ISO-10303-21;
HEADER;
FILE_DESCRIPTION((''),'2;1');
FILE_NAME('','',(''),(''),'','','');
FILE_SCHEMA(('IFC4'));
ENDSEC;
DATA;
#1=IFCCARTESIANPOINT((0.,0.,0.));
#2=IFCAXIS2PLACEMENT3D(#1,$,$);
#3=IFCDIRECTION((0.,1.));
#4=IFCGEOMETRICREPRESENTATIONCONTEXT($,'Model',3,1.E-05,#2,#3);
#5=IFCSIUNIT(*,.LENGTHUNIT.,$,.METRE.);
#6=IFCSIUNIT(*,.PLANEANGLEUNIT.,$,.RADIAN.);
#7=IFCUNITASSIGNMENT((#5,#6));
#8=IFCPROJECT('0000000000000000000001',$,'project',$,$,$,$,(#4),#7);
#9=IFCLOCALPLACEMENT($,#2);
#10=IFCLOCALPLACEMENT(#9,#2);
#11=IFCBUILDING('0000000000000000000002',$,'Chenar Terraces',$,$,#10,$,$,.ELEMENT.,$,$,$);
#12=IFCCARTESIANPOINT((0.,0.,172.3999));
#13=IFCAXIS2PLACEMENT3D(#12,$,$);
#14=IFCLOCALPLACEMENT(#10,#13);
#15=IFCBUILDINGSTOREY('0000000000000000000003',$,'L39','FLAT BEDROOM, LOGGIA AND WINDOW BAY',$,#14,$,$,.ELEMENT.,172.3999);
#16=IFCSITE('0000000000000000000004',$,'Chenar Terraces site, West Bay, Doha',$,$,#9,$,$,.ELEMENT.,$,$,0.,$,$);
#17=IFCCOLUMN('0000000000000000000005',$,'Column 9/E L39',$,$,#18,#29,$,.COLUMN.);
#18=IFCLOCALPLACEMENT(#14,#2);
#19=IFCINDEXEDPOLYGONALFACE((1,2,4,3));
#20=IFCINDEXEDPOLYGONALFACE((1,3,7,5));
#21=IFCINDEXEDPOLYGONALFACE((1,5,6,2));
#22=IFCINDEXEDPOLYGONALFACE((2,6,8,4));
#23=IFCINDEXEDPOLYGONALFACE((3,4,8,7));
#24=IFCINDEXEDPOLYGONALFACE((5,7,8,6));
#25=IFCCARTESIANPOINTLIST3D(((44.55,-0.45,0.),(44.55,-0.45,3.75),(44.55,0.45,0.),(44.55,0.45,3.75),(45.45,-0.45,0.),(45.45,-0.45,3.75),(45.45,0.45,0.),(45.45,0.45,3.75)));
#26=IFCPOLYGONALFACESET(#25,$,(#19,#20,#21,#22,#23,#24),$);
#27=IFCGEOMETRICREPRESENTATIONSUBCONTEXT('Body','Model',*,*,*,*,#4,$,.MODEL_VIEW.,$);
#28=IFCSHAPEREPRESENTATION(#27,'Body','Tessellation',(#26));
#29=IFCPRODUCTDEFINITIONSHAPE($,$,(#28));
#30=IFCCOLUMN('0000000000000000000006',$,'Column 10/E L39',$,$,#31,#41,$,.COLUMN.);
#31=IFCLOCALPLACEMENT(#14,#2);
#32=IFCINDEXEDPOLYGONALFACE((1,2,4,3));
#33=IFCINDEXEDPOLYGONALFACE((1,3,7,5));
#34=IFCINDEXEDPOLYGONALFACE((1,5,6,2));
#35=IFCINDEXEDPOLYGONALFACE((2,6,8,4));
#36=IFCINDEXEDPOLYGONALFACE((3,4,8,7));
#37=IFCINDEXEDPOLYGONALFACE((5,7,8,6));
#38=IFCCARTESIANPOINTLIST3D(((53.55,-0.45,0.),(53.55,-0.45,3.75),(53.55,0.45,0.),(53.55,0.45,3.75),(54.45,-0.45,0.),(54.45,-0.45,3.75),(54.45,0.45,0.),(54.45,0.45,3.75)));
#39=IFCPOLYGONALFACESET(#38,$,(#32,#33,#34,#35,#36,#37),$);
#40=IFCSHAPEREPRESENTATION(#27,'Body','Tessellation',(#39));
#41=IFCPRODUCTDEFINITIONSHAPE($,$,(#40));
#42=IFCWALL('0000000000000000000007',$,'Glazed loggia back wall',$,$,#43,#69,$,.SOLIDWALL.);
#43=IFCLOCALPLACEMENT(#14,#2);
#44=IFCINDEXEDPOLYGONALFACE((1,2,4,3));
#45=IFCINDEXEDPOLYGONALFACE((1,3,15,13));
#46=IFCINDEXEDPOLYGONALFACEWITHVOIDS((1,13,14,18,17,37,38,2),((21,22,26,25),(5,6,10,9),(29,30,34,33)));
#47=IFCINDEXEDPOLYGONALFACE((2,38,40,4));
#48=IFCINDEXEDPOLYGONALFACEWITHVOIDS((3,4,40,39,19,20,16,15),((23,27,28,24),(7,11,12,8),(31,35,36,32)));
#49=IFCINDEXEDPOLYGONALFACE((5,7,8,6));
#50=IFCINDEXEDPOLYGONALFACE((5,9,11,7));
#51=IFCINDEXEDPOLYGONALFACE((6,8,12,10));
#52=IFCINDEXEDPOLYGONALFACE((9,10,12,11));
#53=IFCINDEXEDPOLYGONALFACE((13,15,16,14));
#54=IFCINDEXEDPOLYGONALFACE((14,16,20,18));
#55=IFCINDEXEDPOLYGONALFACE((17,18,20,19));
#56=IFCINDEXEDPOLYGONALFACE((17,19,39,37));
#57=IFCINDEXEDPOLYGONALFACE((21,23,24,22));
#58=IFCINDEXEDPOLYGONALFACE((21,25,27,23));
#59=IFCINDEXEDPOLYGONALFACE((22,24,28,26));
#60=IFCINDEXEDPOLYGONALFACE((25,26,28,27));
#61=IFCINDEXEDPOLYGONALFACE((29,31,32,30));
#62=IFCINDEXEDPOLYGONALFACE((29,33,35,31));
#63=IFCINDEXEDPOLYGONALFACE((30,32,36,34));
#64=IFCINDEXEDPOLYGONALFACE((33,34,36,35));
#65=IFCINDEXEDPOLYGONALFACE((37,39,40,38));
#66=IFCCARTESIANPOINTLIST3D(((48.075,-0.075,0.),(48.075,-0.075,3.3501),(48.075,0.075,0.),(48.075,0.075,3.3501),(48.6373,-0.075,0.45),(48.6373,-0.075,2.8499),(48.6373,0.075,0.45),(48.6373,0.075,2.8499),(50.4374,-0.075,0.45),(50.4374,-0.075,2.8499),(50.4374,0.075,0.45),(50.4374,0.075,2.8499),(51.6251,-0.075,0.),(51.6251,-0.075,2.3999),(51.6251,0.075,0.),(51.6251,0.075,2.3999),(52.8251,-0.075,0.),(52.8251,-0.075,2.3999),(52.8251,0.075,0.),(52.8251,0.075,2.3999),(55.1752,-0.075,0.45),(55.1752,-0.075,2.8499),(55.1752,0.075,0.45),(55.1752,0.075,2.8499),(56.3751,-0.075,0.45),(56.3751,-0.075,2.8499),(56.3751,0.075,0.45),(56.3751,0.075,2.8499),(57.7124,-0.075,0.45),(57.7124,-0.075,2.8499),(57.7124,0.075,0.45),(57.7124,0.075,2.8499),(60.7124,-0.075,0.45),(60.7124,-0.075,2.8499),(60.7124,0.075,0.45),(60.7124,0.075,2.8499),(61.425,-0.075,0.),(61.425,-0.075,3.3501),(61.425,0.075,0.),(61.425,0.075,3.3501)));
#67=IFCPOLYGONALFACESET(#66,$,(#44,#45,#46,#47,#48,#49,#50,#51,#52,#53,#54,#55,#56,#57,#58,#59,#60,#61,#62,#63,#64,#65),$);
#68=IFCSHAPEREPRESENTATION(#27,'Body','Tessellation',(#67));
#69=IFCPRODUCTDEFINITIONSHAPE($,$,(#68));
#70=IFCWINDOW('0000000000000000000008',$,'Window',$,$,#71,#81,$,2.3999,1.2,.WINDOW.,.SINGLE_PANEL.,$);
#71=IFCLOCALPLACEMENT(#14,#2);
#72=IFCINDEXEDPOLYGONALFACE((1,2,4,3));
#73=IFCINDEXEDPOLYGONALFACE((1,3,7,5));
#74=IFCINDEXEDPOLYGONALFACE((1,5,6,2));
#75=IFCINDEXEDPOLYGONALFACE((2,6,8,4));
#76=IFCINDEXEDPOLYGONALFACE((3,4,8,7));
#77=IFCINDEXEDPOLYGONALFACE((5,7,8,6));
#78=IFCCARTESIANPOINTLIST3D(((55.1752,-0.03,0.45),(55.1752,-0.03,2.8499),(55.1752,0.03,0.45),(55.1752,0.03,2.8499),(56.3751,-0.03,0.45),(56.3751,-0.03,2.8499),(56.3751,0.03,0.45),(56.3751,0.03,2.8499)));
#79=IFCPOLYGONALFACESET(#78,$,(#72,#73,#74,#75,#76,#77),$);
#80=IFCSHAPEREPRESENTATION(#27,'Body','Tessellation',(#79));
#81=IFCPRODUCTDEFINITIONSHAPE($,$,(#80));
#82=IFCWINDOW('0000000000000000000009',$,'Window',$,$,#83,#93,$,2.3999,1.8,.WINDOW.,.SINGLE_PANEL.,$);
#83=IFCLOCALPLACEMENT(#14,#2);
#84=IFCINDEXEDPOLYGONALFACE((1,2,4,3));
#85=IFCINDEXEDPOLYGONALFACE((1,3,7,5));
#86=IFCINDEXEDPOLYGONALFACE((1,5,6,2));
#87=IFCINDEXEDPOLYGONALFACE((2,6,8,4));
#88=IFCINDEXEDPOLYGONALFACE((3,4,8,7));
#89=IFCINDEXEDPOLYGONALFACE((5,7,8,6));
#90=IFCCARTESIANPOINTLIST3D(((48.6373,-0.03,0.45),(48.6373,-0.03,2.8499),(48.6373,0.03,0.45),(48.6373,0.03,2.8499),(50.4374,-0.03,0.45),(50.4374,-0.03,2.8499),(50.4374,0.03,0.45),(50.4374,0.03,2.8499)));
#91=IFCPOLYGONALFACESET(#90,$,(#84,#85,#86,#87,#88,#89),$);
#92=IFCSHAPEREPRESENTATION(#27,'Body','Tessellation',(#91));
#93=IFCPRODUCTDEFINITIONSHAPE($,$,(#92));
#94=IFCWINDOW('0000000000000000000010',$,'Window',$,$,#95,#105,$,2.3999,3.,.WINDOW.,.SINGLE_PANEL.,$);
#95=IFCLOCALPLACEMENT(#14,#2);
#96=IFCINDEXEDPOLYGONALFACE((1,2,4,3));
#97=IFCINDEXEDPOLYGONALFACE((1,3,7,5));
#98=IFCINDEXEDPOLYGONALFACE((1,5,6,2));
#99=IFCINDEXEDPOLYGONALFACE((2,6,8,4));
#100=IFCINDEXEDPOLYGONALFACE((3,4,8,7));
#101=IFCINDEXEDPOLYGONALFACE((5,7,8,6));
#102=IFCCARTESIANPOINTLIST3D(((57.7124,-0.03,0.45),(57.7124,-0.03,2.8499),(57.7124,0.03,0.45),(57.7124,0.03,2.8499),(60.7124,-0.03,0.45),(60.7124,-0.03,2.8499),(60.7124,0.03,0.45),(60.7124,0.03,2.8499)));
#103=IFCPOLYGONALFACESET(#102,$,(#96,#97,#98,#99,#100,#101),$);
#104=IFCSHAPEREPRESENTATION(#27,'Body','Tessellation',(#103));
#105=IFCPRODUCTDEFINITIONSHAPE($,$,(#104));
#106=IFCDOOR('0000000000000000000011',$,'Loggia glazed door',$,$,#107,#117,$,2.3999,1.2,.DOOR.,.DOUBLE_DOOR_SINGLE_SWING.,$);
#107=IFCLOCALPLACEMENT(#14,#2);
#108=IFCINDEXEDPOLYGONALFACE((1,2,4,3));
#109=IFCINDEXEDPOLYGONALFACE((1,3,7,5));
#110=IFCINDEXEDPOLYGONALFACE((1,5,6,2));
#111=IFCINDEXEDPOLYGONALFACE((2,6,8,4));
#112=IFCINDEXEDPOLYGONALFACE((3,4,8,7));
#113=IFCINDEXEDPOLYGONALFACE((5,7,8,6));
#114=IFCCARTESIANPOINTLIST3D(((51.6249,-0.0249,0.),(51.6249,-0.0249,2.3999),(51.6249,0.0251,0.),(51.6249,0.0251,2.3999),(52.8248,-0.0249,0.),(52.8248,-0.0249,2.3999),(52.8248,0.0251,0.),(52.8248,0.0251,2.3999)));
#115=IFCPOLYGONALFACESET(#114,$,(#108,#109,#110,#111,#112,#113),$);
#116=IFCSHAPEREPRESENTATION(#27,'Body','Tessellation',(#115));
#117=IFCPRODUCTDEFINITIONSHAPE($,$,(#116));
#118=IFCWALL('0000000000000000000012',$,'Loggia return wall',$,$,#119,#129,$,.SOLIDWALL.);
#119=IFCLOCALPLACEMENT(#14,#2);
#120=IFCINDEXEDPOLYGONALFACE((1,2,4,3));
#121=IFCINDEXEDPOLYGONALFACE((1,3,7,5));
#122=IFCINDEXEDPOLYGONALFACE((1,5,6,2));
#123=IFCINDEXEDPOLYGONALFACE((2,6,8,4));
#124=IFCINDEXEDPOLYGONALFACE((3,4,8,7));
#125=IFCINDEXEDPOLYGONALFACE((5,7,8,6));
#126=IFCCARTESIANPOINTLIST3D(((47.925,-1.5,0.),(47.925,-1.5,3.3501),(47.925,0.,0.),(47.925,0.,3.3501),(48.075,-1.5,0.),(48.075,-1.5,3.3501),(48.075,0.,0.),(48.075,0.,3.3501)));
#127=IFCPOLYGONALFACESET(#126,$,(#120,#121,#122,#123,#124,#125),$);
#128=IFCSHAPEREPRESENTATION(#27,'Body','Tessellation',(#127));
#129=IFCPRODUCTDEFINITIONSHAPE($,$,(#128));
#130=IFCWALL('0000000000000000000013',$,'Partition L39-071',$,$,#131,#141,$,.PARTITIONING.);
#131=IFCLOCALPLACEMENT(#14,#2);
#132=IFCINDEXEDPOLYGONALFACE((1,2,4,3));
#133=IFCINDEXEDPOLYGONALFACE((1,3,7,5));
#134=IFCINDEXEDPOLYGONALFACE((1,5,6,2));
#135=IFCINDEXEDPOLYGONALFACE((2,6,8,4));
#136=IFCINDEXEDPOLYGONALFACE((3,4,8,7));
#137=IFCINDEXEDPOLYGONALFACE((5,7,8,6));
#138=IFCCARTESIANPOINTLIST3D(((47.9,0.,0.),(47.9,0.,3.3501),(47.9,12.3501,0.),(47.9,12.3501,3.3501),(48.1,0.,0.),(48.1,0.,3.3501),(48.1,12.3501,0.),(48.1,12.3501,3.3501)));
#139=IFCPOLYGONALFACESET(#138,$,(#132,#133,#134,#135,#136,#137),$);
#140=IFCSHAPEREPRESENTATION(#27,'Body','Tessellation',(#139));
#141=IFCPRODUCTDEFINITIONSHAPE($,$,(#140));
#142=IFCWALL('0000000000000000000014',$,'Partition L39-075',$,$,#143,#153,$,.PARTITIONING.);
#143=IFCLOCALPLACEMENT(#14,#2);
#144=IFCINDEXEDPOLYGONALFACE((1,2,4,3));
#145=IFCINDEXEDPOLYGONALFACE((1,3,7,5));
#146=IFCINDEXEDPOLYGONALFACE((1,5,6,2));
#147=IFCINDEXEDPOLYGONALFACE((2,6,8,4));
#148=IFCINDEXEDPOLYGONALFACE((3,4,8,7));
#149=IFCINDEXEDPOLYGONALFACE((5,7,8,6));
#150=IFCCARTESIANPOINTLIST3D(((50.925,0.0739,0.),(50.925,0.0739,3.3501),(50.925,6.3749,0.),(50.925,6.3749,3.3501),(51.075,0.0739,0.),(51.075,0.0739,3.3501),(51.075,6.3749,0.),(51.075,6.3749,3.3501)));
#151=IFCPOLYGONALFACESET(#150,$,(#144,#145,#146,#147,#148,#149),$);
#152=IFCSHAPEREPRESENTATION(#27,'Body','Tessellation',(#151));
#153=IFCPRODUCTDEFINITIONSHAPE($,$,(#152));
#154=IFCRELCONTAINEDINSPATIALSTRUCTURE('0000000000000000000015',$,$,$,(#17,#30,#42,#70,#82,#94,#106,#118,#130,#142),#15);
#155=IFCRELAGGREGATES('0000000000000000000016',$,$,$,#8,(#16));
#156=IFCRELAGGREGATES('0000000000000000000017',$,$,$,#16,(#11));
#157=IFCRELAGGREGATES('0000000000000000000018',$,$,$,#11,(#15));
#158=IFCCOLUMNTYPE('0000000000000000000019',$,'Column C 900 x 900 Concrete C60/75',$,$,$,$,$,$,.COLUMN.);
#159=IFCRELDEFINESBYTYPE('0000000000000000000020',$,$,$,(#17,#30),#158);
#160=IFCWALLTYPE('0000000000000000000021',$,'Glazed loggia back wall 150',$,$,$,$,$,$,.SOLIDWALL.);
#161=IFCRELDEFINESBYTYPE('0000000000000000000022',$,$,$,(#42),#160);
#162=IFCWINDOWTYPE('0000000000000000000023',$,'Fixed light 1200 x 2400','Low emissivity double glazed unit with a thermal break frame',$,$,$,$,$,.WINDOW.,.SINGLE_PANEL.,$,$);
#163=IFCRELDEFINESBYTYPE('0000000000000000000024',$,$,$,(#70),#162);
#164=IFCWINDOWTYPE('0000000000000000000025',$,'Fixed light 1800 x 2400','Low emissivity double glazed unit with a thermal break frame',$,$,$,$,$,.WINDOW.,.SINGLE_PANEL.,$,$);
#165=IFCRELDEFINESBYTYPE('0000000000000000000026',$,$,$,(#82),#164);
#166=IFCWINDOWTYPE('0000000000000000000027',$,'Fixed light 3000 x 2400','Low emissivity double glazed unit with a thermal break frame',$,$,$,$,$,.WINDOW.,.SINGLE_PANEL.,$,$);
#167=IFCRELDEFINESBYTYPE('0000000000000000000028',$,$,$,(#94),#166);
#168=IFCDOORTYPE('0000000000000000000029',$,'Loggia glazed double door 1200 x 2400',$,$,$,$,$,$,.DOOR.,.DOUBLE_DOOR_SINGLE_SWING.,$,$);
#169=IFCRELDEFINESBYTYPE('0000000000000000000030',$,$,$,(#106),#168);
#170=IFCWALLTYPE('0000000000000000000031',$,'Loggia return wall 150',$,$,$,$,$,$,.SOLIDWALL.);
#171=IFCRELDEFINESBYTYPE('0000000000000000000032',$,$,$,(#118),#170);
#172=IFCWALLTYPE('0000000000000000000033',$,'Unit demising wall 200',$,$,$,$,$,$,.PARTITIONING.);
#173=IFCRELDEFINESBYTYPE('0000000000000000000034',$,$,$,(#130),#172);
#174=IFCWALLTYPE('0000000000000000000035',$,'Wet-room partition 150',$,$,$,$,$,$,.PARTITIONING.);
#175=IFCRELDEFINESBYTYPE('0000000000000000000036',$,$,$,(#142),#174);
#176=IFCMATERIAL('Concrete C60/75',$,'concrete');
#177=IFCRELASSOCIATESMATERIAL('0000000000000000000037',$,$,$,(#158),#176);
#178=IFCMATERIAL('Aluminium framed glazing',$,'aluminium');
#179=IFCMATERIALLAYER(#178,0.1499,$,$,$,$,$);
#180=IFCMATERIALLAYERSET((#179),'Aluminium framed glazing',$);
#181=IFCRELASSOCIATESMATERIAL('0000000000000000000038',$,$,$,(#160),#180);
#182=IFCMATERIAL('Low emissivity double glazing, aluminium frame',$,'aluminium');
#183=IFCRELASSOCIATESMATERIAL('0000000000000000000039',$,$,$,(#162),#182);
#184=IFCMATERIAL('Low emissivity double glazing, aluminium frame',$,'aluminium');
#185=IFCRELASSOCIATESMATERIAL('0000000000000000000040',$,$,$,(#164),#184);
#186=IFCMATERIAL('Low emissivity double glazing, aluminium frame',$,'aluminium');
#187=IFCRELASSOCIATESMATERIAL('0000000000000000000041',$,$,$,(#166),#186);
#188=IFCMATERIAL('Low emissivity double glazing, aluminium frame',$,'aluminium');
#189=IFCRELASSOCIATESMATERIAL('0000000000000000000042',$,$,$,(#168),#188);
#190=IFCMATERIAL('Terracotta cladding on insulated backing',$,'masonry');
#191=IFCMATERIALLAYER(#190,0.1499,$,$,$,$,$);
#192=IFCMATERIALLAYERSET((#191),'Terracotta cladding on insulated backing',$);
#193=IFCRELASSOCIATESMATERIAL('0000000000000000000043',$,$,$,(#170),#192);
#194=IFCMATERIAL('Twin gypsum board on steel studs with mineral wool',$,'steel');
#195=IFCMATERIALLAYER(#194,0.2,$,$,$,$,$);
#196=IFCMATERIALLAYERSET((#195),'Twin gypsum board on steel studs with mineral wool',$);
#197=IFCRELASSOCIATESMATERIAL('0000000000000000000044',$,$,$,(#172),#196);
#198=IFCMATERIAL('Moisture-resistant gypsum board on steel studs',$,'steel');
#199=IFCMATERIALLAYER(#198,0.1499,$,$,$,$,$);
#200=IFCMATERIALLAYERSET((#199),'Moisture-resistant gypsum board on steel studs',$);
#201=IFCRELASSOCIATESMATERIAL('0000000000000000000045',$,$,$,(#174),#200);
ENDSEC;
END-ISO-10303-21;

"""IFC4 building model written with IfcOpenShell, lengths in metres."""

from ifc_helpers import new_model, si_unit, direction, frame, frame_2d, origin, origin_2d, place, context, subcontext, project, spatial, rectangle, extrude, material, layer, layer_set, material_profile, profile_set, type_object, element, fill, save


model = new_model("IFC4")

# Units and contexts
model_context = context("Model", 3, precision=1e-05, world=origin(), true_north=direction((0.0, 1.0)))
body_context = subcontext(model_context, "Body", "Model", "MODEL_VIEW")
ifc_project = project(units=[si_unit("LENGTHUNIT", "METRE"), si_unit("PLANEANGLEUNIT", "RADIAN")], contexts=[model_context])

# Site, building, storey
site_placement = place(None, origin())
site = spatial("IfcSite", under=ifc_project, at=site_placement, Name="Chenar Terraces site, West Bay, Doha", CompositionType="ELEMENT", RefElevation=0.0)
building_placement = place(site_placement, origin())
building = spatial("IfcBuilding", under=site, at=building_placement, Name="Chenar Terraces", CompositionType="ELEMENT")
storey_placement = place(building_placement, frame((0.0, 0.0, 172.3999)))
storey = spatial("IfcBuildingStorey", under=building, at=storey_placement, Name="L39", Description="FLAT BEDROOM, LOGGIA AND WINDOW BAY", CompositionType="ELEMENT", Elevation=172.3999)

# Columns
ifc_material_1 = material(Name="Concrete C60/75", Category="concrete")
ifc_material_profile_1 = material_profile(ifc_material_1, rectangle(XDim=0.8999, YDim=0.8999, at=origin_2d()), Name="C 900 x 900")
ifc_profile_set_1 = profile_set([ifc_material_profile_1], Name="Concrete C60/75")
column_type = type_object("IfcColumnType", Name="Column C 900 x 900 Concrete C60/75", PredefinedType="COLUMN", material=ifc_profile_set_1)
for number, where, z_axis, x_axis, name in (
    (1, (45.0, 0.0, 0.0), (0.0, 0.0, 1.0), (1.0, 0.0, 0.0), "Column 9/E L39"),
    (2, (54.0, 0.0, 0.0), (0.0, 0.0, 1.0), (1.0, 0.0, 0.0), "Column 10/E L39"),
):
    element("IfcColumn", number, at=place(storey_placement, frame(where, z_axis=z_axis, x_axis=x_axis)), inside=storey, type_object=column_type, Name=name, PredefinedType="COLUMN", context=body_context, shape_type="SweptSolid", body=[
        extrude(rectangle(XDim=0.8999, YDim=0.8999, at=origin_2d()), origin(), (0.0, 0.0, 1.0), 3.75),
    ])

# Wall, openings, windows, door
ifc_material_2 = material(Name="Aluminium framed glazing", Category="aluminium")
ifc_layer_1 = layer(ifc_material_2, 0.1499)
ifc_layer_set_1 = layer_set([ifc_layer_1], Name="Aluminium framed glazing")
wall_type_1 = type_object("IfcWallType", Name="Glazed loggia back wall 150", PredefinedType="SOLIDWALL", material=ifc_layer_set_1)
wall_1_placement = place(storey_placement, frame((48.075, 0.0, 0.0), z_axis=(0.0, 0.0, 1.0), x_axis=(1.0, 0.0, 0.0)))
wall_1 = element("IfcWall", 3, at=wall_1_placement, inside=storey, type_object=wall_type_1, Name="Glazed loggia back wall", PredefinedType="SOLIDWALL", context=body_context, shape_type="SweptSolid", body=[
    extrude(rectangle(XDim=13.3501, YDim=0.1499, at=frame_2d((6.675, 0.0))), origin(), (0.0, 0.0, 1.0), 3.3501),
])
opening_1_placement = place(wall_1_placement, frame((0.5625, 0.0, 0.45)))
opening_1 = element("IfcOpeningElement", 4, at=opening_1_placement, cuts=wall_1, PredefinedType="OPENING", context=body_context, shape_type="SweptSolid", body=[
    extrude(rectangle(XDim=1.8, YDim=2.3999, at=frame_2d((0.8999, 1.2))), frame((0.0, 0.085, 0.0), z_axis=(0.0, -1.0, 0.0), x_axis=(1.0, 0.0, 0.0)), (0.0, 0.0, 1.0), 0.1699),
])
opening_2_placement = place(wall_1_placement, frame((3.55, 0.0, 0.0)))
opening_2 = element("IfcOpeningElement", 5, at=opening_2_placement, cuts=wall_1, PredefinedType="OPENING", context=body_context, shape_type="SweptSolid", body=[
    extrude(rectangle(XDim=1.2, YDim=2.3999, at=frame_2d((0.6001, 1.2))), frame((0.0, 0.085, 0.0), z_axis=(0.0, -1.0, 0.0), x_axis=(1.0, 0.0, 0.0)), (0.0, 0.0, 1.0), 0.1699),
])
opening_3_placement = place(wall_1_placement, frame((7.1001, 0.0, 0.45)))
opening_3 = element("IfcOpeningElement", 6, at=opening_3_placement, cuts=wall_1, PredefinedType="OPENING", context=body_context, shape_type="SweptSolid", body=[
    extrude(rectangle(XDim=1.2, YDim=2.3999, at=frame_2d((0.6001, 1.2))), frame((0.0, 0.085, 0.0), z_axis=(0.0, -1.0, 0.0), x_axis=(1.0, 0.0, 0.0)), (0.0, 0.0, 1.0), 0.1699),
])
opening_4_placement = place(wall_1_placement, frame((9.6375, 0.0, 0.45)))
opening_4 = element("IfcOpeningElement", 7, at=opening_4_placement, cuts=wall_1, PredefinedType="OPENING", context=body_context, shape_type="SweptSolid", body=[
    extrude(rectangle(XDim=3.0, YDim=2.3999, at=frame_2d((1.5, 1.2))), frame((0.0, 0.085, 0.0), z_axis=(0.0, -1.0, 0.0), x_axis=(1.0, 0.0, 0.0)), (0.0, 0.0, 1.0), 0.1699),
])
ifc_material_3 = material(Name="Low emissivity double glazing, aluminium frame", Category="aluminium")
window_type_1 = type_object("IfcWindowType", Name="Fixed light 1200 x 2400", Description="Low emissivity double glazed unit with a thermal break frame", PartitioningType="SINGLE_PANEL", PredefinedType="WINDOW", material=ifc_material_3)
window_1_placement = place(opening_3_placement, origin())
window_1 = element("IfcWindow", 8, at=window_1_placement, inside=storey, type_object=window_type_1, Name="Window", OverallHeight=2.3999, OverallWidth=1.2, PartitioningType="SINGLE_PANEL", PredefinedType="WINDOW", context=body_context, shape_type="SweptSolid", body=[
    extrude(rectangle(XDim=1.2, YDim=2.3999, at=frame_2d((0.6001, 1.2))), frame((0.0, 0.03, 0.0), z_axis=(0.0, -1.0, 0.0), x_axis=(1.0, 0.0, 0.0)), (0.0, 0.0, 1.0), 0.0601),
])
fill(opening_3, window_1)
ifc_material_4 = material(Name="Low emissivity double glazing, aluminium frame", Category="aluminium")
window_type_2 = type_object("IfcWindowType", Name="Fixed light 1800 x 2400", Description="Low emissivity double glazed unit with a thermal break frame", PartitioningType="SINGLE_PANEL", PredefinedType="WINDOW", material=ifc_material_4)
window_2_placement = place(opening_1_placement, origin())
window_2 = element("IfcWindow", 9, at=window_2_placement, inside=storey, type_object=window_type_2, Name="Window", OverallHeight=2.3999, OverallWidth=1.8, PartitioningType="SINGLE_PANEL", PredefinedType="WINDOW", context=body_context, shape_type="SweptSolid", body=[
    extrude(rectangle(XDim=1.8, YDim=2.3999, at=frame_2d((0.8999, 1.2))), frame((0.0, 0.03, 0.0), z_axis=(0.0, -1.0, 0.0), x_axis=(1.0, 0.0, 0.0)), (0.0, 0.0, 1.0), 0.0601),
])
fill(opening_1, window_2)
ifc_material_5 = material(Name="Low emissivity double glazing, aluminium frame", Category="aluminium")
window_type_3 = type_object("IfcWindowType", Name="Fixed light 3000 x 2400", Description="Low emissivity double glazed unit with a thermal break frame", PartitioningType="SINGLE_PANEL", PredefinedType="WINDOW", material=ifc_material_5)
window_3_placement = place(opening_4_placement, origin())
window_3 = element("IfcWindow", 10, at=window_3_placement, inside=storey, type_object=window_type_3, Name="Window", OverallHeight=2.3999, OverallWidth=3.0, PartitioningType="SINGLE_PANEL", PredefinedType="WINDOW", context=body_context, shape_type="SweptSolid", body=[
    extrude(rectangle(XDim=3.0, YDim=2.3999, at=frame_2d((1.5, 1.2))), frame((0.0, 0.03, 0.0), z_axis=(0.0, -1.0, 0.0), x_axis=(1.0, 0.0, 0.0)), (0.0, 0.0, 1.0), 0.0601),
])
fill(opening_4, window_3)
ifc_material_6 = material(Name="Low emissivity double glazing, aluminium frame", Category="aluminium")
door_type = type_object("IfcDoorType", Name="Loggia glazed double door 1200 x 2400", OperationType="DOUBLE_DOOR_SINGLE_SWING", PredefinedType="DOOR", material=ifc_material_6)
door_placement = place(opening_2_placement, frame((1.2, 0.0, 0.0), z_axis=(0.0, 0.0, 1.0), x_axis=(-1.0, 0.0, 0.0)))
door = element("IfcDoor", 11, at=door_placement, inside=storey, type_object=door_type, Name="Loggia glazed door", OperationType="DOUBLE_DOOR_SINGLE_SWING", OverallHeight=2.3999, OverallWidth=1.2, PredefinedType="DOOR", context=body_context, shape_type="SweptSolid", body=[
    extrude(rectangle(XDim=1.2, YDim=2.3999, at=frame_2d((0.6001, 1.2))), frame((0.0, 0.0249, 0.0), z_axis=(0.0, -1.0, 0.0), x_axis=(1.0, 0.0, 0.0)), (0.0, 0.0, 1.0), 0.05),
])
fill(opening_2, door)

# Walls
ifc_material_7 = material(Name="Terracotta cladding on insulated backing", Category="masonry")
ifc_layer_2 = layer(ifc_material_7, 0.1499)
ifc_layer_set_2 = layer_set([ifc_layer_2], Name="Terracotta cladding on insulated backing")
wall_type_2 = type_object("IfcWallType", Name="Loggia return wall 150", PredefinedType="SOLIDWALL", material=ifc_layer_set_2)
wall_2_placement = place(storey_placement, frame((48.0, -1.5, 0.0), z_axis=(0.0, 0.0, 1.0), x_axis=(0.0, 1.0, 0.0)))
element("IfcWall", 12, at=wall_2_placement, inside=storey, type_object=wall_type_2, Name="Loggia return wall", PredefinedType="SOLIDWALL", context=body_context, shape_type="SweptSolid", body=[
    extrude(rectangle(XDim=1.5, YDim=0.1499, at=frame_2d((0.75, 0.0))), origin(), (0.0, 0.0, 1.0), 3.3501),
])
ifc_material_8 = material(Name="Twin gypsum board on steel studs with mineral wool", Category="steel")
ifc_layer_3 = layer(ifc_material_8, 0.2)
ifc_layer_set_3 = layer_set([ifc_layer_3], Name="Twin gypsum board on steel studs with mineral wool")
wall_type_3 = type_object("IfcWallType", Name="Unit demising wall 200", PredefinedType="PARTITIONING", material=ifc_layer_set_3)
wall_3_placement = place(storey_placement, frame((48.0, 0.0, 0.0), z_axis=(0.0, 0.0, 1.0), x_axis=(0.0, 1.0, 0.0)))
element("IfcWall", 13, at=wall_3_placement, inside=storey, type_object=wall_type_3, Name="Partition L39-071", PredefinedType="PARTITIONING", context=body_context, shape_type="SweptSolid", body=[
    extrude(rectangle(XDim=12.3501, YDim=0.2, at=frame_2d((6.175, 0.0))), origin(), (0.0, 0.0, 1.0), 3.3501),
])
ifc_material_9 = material(Name="Moisture-resistant gypsum board on steel studs", Category="steel")
ifc_layer_4 = layer(ifc_material_9, 0.1499)
ifc_layer_set_4 = layer_set([ifc_layer_4], Name="Moisture-resistant gypsum board on steel studs")
wall_type_4 = type_object("IfcWallType", Name="Wet-room partition 150", PredefinedType="PARTITIONING", material=ifc_layer_set_4)
wall_4_placement = place(storey_placement, frame((51.0, 0.074, 0.0), z_axis=(0.0, 0.0, 1.0), x_axis=(0.0, 1.0, 0.0)))
element("IfcWall", 14, at=wall_4_placement, inside=storey, type_object=wall_type_4, Name="Partition L39-075", PredefinedType="PARTITIONING", context=body_context, shape_type="SweptSolid", body=[
    extrude(rectangle(XDim=6.301, YDim=0.1499, at=frame_2d((3.1504, 0.0))), origin(), (0.0, 0.0, 1.0), 3.3501),
])

save(model, "model.ifc")
